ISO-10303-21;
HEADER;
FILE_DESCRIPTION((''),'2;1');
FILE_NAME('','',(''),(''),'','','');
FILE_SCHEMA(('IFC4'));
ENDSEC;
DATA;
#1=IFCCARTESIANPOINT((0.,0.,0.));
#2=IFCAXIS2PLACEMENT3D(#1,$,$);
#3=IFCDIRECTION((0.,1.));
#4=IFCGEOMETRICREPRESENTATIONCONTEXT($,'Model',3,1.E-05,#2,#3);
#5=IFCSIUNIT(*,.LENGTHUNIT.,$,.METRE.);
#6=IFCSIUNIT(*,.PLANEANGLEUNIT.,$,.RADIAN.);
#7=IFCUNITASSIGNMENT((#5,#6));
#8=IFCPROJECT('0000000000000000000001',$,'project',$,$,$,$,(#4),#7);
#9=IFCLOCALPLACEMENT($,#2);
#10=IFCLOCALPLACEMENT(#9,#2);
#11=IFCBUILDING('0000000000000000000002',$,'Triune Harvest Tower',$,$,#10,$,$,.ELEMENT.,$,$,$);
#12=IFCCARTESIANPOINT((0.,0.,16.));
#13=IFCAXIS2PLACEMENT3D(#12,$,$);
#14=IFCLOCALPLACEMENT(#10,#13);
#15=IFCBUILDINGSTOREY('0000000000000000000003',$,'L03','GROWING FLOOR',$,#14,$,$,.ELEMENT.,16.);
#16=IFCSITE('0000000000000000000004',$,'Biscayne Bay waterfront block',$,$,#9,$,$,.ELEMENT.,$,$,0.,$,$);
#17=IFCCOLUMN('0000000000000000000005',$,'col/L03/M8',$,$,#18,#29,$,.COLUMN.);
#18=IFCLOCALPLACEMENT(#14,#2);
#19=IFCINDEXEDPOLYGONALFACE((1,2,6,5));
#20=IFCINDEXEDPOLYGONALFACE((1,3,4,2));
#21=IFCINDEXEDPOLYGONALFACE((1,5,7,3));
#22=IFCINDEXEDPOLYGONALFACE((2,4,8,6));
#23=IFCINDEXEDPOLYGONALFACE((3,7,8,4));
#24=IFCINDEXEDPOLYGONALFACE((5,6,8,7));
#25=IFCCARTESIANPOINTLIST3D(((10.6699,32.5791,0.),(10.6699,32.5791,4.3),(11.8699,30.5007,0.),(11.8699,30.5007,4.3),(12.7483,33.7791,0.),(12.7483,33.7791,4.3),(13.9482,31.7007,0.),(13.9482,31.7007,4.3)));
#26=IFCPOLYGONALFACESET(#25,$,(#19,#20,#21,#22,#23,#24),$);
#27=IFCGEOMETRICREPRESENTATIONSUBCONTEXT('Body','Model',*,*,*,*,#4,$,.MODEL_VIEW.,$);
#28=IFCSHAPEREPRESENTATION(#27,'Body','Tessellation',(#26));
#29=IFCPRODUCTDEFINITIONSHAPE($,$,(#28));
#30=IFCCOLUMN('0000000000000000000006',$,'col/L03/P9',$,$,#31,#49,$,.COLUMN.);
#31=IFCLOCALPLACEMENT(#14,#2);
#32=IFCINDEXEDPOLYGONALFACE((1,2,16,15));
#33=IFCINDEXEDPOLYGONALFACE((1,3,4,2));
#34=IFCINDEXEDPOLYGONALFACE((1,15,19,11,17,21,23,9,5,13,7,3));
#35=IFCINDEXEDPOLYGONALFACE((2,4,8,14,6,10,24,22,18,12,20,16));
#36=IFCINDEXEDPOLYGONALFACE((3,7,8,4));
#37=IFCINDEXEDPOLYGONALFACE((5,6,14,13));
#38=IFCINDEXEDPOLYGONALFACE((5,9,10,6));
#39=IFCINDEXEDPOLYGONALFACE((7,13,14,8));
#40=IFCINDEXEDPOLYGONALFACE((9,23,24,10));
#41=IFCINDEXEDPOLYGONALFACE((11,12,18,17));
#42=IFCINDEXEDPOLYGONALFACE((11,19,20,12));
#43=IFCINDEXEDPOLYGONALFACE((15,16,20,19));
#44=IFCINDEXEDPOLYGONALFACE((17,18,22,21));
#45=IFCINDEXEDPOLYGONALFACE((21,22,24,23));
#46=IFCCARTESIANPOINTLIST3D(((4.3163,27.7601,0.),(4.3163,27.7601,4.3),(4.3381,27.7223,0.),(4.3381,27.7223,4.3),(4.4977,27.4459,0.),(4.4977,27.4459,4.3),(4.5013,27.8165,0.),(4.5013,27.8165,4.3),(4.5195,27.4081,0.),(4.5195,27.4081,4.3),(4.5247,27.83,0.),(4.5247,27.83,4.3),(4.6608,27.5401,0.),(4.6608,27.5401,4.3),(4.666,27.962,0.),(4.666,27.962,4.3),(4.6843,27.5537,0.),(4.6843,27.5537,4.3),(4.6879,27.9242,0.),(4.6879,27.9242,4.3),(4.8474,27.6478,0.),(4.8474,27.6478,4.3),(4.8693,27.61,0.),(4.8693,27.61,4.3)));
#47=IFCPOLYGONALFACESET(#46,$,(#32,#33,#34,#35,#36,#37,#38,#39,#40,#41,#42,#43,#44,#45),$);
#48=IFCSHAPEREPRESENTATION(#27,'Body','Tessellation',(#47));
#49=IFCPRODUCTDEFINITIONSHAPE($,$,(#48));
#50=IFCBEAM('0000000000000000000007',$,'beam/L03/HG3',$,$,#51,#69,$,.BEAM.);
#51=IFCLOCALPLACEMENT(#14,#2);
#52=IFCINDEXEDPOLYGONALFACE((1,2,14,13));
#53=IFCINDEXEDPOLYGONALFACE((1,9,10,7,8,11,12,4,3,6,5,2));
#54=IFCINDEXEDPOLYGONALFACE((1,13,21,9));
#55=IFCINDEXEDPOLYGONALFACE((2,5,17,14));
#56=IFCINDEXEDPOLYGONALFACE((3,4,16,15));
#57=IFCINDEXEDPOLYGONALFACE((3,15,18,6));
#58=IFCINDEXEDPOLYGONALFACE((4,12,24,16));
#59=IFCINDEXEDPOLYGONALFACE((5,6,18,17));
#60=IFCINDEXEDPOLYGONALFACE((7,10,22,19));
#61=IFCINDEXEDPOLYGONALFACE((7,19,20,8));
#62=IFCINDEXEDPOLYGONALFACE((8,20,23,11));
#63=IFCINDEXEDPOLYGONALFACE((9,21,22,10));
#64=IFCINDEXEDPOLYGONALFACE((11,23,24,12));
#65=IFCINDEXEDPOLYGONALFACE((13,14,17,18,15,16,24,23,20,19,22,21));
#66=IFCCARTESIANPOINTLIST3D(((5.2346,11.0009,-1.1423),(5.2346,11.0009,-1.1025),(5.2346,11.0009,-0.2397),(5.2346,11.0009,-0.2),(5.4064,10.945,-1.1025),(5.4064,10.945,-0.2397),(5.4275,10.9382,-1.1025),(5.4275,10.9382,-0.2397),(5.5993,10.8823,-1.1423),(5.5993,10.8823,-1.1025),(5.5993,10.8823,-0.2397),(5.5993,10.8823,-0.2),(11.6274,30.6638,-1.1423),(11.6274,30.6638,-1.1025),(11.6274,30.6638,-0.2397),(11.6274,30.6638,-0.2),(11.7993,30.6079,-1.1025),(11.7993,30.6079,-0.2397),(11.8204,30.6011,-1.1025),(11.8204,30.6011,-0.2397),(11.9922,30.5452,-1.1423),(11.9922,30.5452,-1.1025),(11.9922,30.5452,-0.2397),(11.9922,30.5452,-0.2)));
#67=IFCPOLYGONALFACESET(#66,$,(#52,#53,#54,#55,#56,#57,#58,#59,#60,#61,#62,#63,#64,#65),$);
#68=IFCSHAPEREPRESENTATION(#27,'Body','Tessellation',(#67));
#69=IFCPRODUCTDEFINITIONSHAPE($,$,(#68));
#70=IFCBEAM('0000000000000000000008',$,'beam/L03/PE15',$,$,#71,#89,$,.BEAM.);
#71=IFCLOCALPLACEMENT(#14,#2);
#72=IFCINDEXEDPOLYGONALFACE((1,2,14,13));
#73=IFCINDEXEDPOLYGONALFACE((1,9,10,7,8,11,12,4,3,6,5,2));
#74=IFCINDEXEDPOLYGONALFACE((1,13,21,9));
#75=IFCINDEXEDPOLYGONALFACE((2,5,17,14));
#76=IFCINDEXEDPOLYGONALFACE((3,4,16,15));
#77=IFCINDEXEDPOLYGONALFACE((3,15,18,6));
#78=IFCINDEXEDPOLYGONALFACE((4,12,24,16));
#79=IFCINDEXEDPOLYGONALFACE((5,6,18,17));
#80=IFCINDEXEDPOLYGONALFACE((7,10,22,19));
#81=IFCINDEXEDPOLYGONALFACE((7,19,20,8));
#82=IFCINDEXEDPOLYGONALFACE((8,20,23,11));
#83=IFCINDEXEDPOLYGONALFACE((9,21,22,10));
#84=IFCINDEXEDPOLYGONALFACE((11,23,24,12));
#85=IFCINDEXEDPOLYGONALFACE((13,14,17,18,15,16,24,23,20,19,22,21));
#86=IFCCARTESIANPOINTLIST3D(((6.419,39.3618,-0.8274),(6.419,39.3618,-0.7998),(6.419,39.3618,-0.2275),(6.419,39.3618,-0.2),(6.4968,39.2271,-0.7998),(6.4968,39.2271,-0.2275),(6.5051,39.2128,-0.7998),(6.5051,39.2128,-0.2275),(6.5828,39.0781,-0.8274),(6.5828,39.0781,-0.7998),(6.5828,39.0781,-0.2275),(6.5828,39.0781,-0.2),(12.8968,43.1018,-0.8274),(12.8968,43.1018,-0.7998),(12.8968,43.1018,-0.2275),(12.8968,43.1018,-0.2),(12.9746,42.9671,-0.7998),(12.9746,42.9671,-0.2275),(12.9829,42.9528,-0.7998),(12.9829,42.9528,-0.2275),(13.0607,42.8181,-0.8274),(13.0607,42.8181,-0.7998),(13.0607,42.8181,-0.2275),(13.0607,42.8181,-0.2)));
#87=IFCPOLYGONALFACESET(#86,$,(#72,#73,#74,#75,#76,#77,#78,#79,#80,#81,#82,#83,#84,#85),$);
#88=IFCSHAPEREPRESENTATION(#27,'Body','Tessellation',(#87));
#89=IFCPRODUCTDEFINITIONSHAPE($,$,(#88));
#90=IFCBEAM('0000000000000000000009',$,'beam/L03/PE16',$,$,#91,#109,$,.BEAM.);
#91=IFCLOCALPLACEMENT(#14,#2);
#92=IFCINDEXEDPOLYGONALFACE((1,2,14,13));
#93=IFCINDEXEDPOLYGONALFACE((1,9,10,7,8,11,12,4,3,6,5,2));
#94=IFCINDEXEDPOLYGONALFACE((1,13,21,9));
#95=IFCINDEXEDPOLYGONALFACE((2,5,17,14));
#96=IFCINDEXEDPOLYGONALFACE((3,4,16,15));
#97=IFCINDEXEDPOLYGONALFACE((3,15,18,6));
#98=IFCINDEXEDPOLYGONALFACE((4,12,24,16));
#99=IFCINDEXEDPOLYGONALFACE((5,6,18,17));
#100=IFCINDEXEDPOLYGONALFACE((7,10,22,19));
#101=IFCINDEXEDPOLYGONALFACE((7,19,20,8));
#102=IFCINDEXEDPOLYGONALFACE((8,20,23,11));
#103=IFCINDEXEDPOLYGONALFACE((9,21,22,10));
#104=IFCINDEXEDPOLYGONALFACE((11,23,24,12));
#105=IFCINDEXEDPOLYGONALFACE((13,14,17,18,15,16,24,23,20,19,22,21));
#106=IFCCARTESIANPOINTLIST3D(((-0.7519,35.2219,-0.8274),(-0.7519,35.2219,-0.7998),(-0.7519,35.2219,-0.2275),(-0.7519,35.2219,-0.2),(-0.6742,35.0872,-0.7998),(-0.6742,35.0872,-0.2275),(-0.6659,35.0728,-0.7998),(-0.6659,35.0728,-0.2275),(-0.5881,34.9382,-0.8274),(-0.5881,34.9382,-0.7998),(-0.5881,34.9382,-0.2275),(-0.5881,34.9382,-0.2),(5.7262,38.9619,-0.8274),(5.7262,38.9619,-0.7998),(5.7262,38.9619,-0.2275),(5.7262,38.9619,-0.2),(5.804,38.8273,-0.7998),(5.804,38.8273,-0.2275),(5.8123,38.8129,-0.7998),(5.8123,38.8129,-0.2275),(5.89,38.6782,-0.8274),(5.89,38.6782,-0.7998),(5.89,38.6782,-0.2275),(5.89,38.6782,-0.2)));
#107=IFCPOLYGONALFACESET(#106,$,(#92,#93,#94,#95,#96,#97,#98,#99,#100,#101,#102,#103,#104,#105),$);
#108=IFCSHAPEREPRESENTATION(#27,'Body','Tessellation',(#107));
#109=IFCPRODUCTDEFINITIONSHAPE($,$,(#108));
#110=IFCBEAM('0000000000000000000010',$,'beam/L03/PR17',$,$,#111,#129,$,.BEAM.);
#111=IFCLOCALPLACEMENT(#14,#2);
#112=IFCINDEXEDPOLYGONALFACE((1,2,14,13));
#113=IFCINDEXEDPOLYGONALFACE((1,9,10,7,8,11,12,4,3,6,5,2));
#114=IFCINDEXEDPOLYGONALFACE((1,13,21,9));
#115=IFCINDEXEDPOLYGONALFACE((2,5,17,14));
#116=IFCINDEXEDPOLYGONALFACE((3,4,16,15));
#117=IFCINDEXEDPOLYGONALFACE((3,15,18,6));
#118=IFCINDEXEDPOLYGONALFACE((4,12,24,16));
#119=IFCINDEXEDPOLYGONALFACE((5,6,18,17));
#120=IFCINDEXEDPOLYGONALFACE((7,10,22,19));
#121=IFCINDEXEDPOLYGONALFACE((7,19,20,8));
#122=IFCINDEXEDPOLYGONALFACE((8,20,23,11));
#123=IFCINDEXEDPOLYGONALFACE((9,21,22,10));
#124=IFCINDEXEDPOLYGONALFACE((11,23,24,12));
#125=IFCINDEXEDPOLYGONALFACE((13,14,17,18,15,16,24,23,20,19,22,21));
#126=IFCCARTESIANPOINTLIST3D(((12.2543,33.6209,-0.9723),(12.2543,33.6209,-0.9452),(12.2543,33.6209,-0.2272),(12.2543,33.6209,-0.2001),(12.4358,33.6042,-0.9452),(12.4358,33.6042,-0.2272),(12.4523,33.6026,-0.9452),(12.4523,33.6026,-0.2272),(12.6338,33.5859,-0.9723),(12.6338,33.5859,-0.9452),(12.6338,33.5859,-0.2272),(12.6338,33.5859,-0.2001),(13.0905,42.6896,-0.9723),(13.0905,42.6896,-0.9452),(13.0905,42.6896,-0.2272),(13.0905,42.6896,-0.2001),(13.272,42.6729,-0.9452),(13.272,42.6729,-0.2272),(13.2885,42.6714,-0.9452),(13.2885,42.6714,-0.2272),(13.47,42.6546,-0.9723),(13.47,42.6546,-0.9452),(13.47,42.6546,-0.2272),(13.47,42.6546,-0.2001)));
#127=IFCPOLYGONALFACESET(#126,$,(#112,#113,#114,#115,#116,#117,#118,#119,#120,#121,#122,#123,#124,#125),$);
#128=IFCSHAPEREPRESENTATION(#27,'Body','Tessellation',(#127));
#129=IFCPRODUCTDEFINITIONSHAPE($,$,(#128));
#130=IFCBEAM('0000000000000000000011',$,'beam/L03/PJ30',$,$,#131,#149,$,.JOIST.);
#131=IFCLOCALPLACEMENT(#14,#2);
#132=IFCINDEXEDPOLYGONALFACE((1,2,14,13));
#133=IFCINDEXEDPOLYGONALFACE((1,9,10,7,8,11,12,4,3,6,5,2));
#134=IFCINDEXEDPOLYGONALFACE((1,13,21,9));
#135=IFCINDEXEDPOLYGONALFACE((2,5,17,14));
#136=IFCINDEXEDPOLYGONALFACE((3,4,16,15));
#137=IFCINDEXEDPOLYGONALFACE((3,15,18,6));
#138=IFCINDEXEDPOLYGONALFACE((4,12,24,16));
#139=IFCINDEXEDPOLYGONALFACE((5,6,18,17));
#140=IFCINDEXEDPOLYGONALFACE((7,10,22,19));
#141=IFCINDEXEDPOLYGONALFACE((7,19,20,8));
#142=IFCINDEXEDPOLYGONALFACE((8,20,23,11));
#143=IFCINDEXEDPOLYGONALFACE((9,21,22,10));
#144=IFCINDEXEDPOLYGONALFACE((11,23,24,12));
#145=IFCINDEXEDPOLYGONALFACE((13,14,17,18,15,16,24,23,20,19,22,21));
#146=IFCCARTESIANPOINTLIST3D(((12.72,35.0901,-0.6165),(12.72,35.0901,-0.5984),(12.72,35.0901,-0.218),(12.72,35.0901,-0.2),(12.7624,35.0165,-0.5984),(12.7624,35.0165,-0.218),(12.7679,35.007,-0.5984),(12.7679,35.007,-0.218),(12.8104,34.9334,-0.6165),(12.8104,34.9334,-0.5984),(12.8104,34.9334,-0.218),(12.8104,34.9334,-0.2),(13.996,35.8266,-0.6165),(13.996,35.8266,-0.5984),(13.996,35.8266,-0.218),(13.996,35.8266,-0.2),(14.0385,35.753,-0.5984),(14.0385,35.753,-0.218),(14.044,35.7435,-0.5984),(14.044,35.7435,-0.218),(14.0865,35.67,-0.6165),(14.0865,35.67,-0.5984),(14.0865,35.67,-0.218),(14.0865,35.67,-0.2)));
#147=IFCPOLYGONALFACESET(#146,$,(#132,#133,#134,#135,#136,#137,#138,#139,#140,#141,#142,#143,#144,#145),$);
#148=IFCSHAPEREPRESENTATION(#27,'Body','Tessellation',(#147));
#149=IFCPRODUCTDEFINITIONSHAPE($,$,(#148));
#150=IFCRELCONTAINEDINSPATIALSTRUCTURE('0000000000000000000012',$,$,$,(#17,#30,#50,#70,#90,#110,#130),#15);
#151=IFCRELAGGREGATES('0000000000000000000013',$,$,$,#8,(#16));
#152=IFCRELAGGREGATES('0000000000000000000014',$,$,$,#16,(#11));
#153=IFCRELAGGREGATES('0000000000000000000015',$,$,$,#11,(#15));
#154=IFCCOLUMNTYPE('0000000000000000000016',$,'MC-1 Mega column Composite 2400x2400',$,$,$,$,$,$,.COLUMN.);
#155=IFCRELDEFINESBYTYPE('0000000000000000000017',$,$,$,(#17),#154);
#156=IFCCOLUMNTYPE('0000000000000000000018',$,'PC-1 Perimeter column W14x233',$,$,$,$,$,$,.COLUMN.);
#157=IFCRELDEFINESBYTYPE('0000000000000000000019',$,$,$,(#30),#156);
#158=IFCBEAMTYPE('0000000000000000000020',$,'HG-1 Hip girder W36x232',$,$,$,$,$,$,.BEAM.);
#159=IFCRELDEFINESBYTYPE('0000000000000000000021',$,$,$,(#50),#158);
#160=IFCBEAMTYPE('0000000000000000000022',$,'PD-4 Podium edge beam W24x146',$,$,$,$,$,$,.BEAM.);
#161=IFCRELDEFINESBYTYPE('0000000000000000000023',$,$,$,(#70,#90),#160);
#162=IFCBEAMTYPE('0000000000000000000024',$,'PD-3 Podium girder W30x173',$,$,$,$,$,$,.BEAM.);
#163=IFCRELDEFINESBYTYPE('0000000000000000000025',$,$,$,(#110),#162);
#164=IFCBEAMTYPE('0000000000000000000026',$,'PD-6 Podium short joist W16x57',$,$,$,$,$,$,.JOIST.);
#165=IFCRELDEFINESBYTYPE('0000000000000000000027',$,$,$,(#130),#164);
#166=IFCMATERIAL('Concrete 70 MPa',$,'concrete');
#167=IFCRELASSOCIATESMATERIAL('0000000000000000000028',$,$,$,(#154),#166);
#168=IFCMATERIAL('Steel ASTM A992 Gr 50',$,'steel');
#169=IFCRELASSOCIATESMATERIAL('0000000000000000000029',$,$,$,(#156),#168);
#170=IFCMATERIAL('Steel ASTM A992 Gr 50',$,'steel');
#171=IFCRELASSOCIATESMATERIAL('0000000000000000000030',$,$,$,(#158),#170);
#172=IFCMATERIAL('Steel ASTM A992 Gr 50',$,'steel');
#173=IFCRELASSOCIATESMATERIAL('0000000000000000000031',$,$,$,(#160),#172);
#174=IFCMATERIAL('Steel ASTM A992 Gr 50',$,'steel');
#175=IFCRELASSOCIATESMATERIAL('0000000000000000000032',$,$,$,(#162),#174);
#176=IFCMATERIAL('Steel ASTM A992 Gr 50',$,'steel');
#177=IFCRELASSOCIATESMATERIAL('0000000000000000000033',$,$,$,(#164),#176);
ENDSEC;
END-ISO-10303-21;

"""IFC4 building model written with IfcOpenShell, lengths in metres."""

from ifc_helpers import new_model, si_unit, direction, frame, origin, origin_2d, place, context, subcontext, project, spatial, rectangle, i_section, extrude, source, transform, mapped, material, material_profile, profile_set, type_object, element, save


model = new_model("IFC4")

# Units and contexts
model_context = context("Model", 3, precision=1e-05, world=origin(), true_north=direction((0.0, 1.0)))
body_context = subcontext(model_context, "Body", "Model", "MODEL_VIEW")
ifc_project = project(units=[si_unit("LENGTHUNIT", "METRE"), si_unit("PLANEANGLEUNIT", "RADIAN")], contexts=[model_context])

# Site, building, storey
site_placement = place(None, origin())
site = spatial("IfcSite", under=ifc_project, at=site_placement, Name="Biscayne Bay waterfront block", CompositionType="ELEMENT", RefElevation=0.0)
building_placement = place(site_placement, origin())
building = spatial("IfcBuilding", under=site, at=building_placement, Name="Triune Harvest Tower", CompositionType="ELEMENT")
storey_placement = place(building_placement, frame((0.0, 0.0, 16.0)))
storey = spatial("IfcBuildingStorey", under=building, at=storey_placement, Name="L03", Description="GROWING FLOOR", CompositionType="ELEMENT", Elevation=16.0)

# Columns
ifc_material_1 = material(Name="Concrete 70 MPa", Category="concrete")
ifc_material_profile_1 = material_profile(ifc_material_1, rectangle(XDim=2.3999, YDim=2.3999, at=origin_2d()), Name="Composite 2400x2400")
ifc_profile_set_1 = profile_set([ifc_material_profile_1], Name="Concrete 70 MPa")
column_type_1 = type_object("IfcColumnType", Name="MC-1 Mega column Composite 2400x2400", PredefinedType="COLUMN", material=ifc_profile_set_1)
shared_shape_1 = source(origin(), body_context, "Body", "SweptSolid", [
    extrude(rectangle(XDim=2.3999, YDim=2.3999, at=origin_2d()), origin(), (0.0, 0.0, 1.0), 4.3),
])
column_1_placement = place(storey_placement, frame((12.3091, 32.1399, 0.0), z_axis=(0.0, 0.0, 1.0), x_axis=(-0.866025, -0.5, 0.0)))
element("IfcColumn", 1, at=column_1_placement, inside=storey, type_object=column_type_1, Name="col/L03/M8", PredefinedType="COLUMN", context=body_context, shape_type="MappedRepresentation", body=[
    mapped(shared_shape_1, transform((0.0, 0.0, 0.0), scale=1.0)),
])
ifc_material_2 = material(Name="Steel ASTM A992 Gr 50", Category="steel")
ifc_material_profile_2 = material_profile(ifc_material_2, i_section(OverallWidth=0.4038, OverallDepth=0.4065, WebThickness=0.0271, FlangeThickness=0.0437, at=origin_2d()), Name="W14x233")
ifc_profile_set_2 = profile_set([ifc_material_profile_2], Name="Steel ASTM A992 Gr 50")
column_type_2 = type_object("IfcColumnType", Name="PC-1 Perimeter column W14x233", PredefinedType="COLUMN", material=ifc_profile_set_2)
shared_shape_2 = source(origin(), body_context, "Body", "SweptSolid", [
    extrude(i_section(OverallWidth=0.4038, OverallDepth=0.4065, WebThickness=0.0271, FlangeThickness=0.0437, at=origin_2d()), origin(), (0.0, 0.0, 1.0), 4.3),
])
column_2_placement = place(storey_placement, frame((4.5928, 27.6851, 0.0), z_axis=(0.0, 0.0, 1.0), x_axis=(-0.866025, -0.5, 0.0)))
element("IfcColumn", 2, at=column_2_placement, inside=storey, type_object=column_type_2, Name="col/L03/P9", PredefinedType="COLUMN", context=body_context, shape_type="MappedRepresentation", body=[
    mapped(shared_shape_2, transform((0.0, 0.0, 0.0), scale=1.0)),
])

# Beams
ifc_material_3 = material(Name="Steel ASTM A992 Gr 50", Category="steel")
ifc_material_profile_3 = material_profile(ifc_material_3, i_section(OverallWidth=0.3835, OverallDepth=0.9424, WebThickness=0.0222, FlangeThickness=0.0398, at=origin_2d()), Name="W36x232")
ifc_profile_set_3 = profile_set([ifc_material_profile_3], Name="Steel ASTM A992 Gr 50")
beam_type_1 = type_object("IfcBeamType", Name="HG-1 Hip girder W36x232", PredefinedType="BEAM", material=ifc_profile_set_3)
shared_shape_3 = source(origin(), body_context, "Body", "SweptSolid", [
    extrude(i_section(OverallWidth=0.3835, OverallDepth=0.9424, WebThickness=0.0222, FlangeThickness=0.0398, at=origin_2d()), origin(), (0.0, 0.0, 1.0), 20.676),
])
beam_1_placement = place(storey_placement, frame((11.8098, 30.6045, -0.6711), z_axis=(-0.309191, -0.951, 0.0), x_axis=(0.951, -0.309191, 0.0)))
element("IfcBeam", 3, at=beam_1_placement, inside=storey, type_object=beam_type_1, Name="beam/L03/HG3", PredefinedType="BEAM", context=body_context, shape_type="MappedRepresentation", body=[
    mapped(shared_shape_3, transform((0.0, 0.0, 0.0), scale=1.0)),
])
ifc_material_4 = material(Name="Steel ASTM A992 Gr 50", Category="steel")
ifc_material_profile_4 = material_profile(ifc_material_4, i_section(OverallWidth=0.3276, OverallDepth=0.6274, WebThickness=0.0166, FlangeThickness=0.0276, at=origin_2d()), Name="W24x146")
ifc_profile_set_4 = profile_set([ifc_material_profile_4], Name="Steel ASTM A992 Gr 50")
beam_type_2 = type_object("IfcBeamType", Name="PD-4 Podium edge beam W24x146", PredefinedType="BEAM", material=ifc_profile_set_4)
shared_shape_4 = source(origin(), body_context, "Body", "SweptSolid", [
    extrude(i_section(OverallWidth=0.3276, OverallDepth=0.6274, WebThickness=0.0166, FlangeThickness=0.0276, at=origin_2d()), origin(), (0.0, 0.0, 1.0), 7.48),
])
beam_2_placement = place(storey_placement, frame((12.9788, 42.96, -0.5137), z_axis=(-0.866023, -0.500004, 0.0), x_axis=(0.500004, -0.866023, 0.0)))
element("IfcBeam", 4, at=beam_2_placement, inside=storey, type_object=beam_type_2, Name="beam/L03/PE15", PredefinedType="BEAM", context=body_context, shape_type="MappedRepresentation", body=[
    mapped(shared_shape_4, transform((0.0, 0.0, 0.0), scale=1.0)),
])
shared_shape_5 = source(origin(), body_context, "Body", "SweptSolid", [
    extrude(i_section(OverallWidth=0.3276, OverallDepth=0.6274, WebThickness=0.0166, FlangeThickness=0.0276, at=origin_2d()), origin(), (0.0, 0.0, 1.0), 7.4802),
])
beam_3_placement = place(storey_placement, frame((5.8081, 38.8201, -0.5137), z_axis=(-0.866031, -0.49999, 0.0), x_axis=(0.49999, -0.866031, 0.0)))
element("IfcBeam", 5, at=beam_3_placement, inside=storey, type_object=beam_type_2, Name="beam/L03/PE16", PredefinedType="BEAM", context=body_context, shape_type="MappedRepresentation", body=[
    mapped(shared_shape_5, transform((0.0, 0.0, 0.0), scale=1.0)),
])
ifc_material_5 = material(Name="Steel ASTM A992 Gr 50", Category="steel")
ifc_material_profile_5 = material_profile(ifc_material_5, i_section(OverallWidth=0.3811, OverallDepth=0.7722, WebThickness=0.0166, FlangeThickness=0.0271, at=origin_2d()), Name="W30x173")
ifc_profile_set_5 = profile_set([ifc_material_profile_5], Name="Steel ASTM A992 Gr 50")
beam_type_3 = type_object("IfcBeamType", Name="PD-3 Podium girder W30x173", PredefinedType="BEAM", material=ifc_profile_set_5)
shared_shape_6 = source(origin(), body_context, "Body", "SweptSolid", [
    extrude(i_section(OverallWidth=0.3811, OverallDepth=0.7722, WebThickness=0.0166, FlangeThickness=0.0271, at=origin_2d()), origin(), (0.0, 0.0, 1.0), 9.1072),
])
beam_4_placement = place(storey_placement, frame((13.2803, 42.6721, -0.5862), z_axis=(-0.091817, -0.995776, 0.0), x_axis=(0.995776, -0.091817, 0.0)))
element("IfcBeam", 6, at=beam_4_placement, inside=storey, type_object=beam_type_3, Name="beam/L03/PR17", PredefinedType="BEAM", context=body_context, shape_type="MappedRepresentation", body=[
    mapped(shared_shape_6, transform((0.0, 0.0, 0.0), scale=1.0)),
])
ifc_material_6 = material(Name="Steel ASTM A992 Gr 50", Category="steel")
ifc_material_profile_6 = material_profile(ifc_material_6, i_section(OverallWidth=0.1809, OverallDepth=0.4165, WebThickness=0.011, FlangeThickness=0.0181, at=origin_2d()), Name="W16x57")
ifc_profile_set_6 = profile_set([ifc_material_profile_6], Name="Steel ASTM A992 Gr 50")
beam_type_4 = type_object("IfcBeamType", Name="PD-6 Podium short joist W16x57", PredefinedType="JOIST", material=ifc_profile_set_6)
shared_shape_7 = source(origin(), body_context, "Body", "SweptSolid", [
    extrude(i_section(OverallWidth=0.1809, OverallDepth=0.4165, WebThickness=0.011, FlangeThickness=0.0181, at=origin_2d()), origin(), (0.0, 0.0, 1.0), 1.4734),
])
beam_5_placement = place(storey_placement, frame((14.0413, 35.7483, -0.4082), z_axis=(-0.866084, -0.499899, 0.0), x_axis=(0.499899, -0.866084, 0.0)))
element("IfcBeam", 7, at=beam_5_placement, inside=storey, type_object=beam_type_4, Name="beam/L03/PJ30", PredefinedType="JOIST", context=body_context, shape_type="MappedRepresentation", body=[
    mapped(shared_shape_7, transform((0.0, 0.0, 0.0), scale=1.0)),
])

save(model, "model.ifc")
